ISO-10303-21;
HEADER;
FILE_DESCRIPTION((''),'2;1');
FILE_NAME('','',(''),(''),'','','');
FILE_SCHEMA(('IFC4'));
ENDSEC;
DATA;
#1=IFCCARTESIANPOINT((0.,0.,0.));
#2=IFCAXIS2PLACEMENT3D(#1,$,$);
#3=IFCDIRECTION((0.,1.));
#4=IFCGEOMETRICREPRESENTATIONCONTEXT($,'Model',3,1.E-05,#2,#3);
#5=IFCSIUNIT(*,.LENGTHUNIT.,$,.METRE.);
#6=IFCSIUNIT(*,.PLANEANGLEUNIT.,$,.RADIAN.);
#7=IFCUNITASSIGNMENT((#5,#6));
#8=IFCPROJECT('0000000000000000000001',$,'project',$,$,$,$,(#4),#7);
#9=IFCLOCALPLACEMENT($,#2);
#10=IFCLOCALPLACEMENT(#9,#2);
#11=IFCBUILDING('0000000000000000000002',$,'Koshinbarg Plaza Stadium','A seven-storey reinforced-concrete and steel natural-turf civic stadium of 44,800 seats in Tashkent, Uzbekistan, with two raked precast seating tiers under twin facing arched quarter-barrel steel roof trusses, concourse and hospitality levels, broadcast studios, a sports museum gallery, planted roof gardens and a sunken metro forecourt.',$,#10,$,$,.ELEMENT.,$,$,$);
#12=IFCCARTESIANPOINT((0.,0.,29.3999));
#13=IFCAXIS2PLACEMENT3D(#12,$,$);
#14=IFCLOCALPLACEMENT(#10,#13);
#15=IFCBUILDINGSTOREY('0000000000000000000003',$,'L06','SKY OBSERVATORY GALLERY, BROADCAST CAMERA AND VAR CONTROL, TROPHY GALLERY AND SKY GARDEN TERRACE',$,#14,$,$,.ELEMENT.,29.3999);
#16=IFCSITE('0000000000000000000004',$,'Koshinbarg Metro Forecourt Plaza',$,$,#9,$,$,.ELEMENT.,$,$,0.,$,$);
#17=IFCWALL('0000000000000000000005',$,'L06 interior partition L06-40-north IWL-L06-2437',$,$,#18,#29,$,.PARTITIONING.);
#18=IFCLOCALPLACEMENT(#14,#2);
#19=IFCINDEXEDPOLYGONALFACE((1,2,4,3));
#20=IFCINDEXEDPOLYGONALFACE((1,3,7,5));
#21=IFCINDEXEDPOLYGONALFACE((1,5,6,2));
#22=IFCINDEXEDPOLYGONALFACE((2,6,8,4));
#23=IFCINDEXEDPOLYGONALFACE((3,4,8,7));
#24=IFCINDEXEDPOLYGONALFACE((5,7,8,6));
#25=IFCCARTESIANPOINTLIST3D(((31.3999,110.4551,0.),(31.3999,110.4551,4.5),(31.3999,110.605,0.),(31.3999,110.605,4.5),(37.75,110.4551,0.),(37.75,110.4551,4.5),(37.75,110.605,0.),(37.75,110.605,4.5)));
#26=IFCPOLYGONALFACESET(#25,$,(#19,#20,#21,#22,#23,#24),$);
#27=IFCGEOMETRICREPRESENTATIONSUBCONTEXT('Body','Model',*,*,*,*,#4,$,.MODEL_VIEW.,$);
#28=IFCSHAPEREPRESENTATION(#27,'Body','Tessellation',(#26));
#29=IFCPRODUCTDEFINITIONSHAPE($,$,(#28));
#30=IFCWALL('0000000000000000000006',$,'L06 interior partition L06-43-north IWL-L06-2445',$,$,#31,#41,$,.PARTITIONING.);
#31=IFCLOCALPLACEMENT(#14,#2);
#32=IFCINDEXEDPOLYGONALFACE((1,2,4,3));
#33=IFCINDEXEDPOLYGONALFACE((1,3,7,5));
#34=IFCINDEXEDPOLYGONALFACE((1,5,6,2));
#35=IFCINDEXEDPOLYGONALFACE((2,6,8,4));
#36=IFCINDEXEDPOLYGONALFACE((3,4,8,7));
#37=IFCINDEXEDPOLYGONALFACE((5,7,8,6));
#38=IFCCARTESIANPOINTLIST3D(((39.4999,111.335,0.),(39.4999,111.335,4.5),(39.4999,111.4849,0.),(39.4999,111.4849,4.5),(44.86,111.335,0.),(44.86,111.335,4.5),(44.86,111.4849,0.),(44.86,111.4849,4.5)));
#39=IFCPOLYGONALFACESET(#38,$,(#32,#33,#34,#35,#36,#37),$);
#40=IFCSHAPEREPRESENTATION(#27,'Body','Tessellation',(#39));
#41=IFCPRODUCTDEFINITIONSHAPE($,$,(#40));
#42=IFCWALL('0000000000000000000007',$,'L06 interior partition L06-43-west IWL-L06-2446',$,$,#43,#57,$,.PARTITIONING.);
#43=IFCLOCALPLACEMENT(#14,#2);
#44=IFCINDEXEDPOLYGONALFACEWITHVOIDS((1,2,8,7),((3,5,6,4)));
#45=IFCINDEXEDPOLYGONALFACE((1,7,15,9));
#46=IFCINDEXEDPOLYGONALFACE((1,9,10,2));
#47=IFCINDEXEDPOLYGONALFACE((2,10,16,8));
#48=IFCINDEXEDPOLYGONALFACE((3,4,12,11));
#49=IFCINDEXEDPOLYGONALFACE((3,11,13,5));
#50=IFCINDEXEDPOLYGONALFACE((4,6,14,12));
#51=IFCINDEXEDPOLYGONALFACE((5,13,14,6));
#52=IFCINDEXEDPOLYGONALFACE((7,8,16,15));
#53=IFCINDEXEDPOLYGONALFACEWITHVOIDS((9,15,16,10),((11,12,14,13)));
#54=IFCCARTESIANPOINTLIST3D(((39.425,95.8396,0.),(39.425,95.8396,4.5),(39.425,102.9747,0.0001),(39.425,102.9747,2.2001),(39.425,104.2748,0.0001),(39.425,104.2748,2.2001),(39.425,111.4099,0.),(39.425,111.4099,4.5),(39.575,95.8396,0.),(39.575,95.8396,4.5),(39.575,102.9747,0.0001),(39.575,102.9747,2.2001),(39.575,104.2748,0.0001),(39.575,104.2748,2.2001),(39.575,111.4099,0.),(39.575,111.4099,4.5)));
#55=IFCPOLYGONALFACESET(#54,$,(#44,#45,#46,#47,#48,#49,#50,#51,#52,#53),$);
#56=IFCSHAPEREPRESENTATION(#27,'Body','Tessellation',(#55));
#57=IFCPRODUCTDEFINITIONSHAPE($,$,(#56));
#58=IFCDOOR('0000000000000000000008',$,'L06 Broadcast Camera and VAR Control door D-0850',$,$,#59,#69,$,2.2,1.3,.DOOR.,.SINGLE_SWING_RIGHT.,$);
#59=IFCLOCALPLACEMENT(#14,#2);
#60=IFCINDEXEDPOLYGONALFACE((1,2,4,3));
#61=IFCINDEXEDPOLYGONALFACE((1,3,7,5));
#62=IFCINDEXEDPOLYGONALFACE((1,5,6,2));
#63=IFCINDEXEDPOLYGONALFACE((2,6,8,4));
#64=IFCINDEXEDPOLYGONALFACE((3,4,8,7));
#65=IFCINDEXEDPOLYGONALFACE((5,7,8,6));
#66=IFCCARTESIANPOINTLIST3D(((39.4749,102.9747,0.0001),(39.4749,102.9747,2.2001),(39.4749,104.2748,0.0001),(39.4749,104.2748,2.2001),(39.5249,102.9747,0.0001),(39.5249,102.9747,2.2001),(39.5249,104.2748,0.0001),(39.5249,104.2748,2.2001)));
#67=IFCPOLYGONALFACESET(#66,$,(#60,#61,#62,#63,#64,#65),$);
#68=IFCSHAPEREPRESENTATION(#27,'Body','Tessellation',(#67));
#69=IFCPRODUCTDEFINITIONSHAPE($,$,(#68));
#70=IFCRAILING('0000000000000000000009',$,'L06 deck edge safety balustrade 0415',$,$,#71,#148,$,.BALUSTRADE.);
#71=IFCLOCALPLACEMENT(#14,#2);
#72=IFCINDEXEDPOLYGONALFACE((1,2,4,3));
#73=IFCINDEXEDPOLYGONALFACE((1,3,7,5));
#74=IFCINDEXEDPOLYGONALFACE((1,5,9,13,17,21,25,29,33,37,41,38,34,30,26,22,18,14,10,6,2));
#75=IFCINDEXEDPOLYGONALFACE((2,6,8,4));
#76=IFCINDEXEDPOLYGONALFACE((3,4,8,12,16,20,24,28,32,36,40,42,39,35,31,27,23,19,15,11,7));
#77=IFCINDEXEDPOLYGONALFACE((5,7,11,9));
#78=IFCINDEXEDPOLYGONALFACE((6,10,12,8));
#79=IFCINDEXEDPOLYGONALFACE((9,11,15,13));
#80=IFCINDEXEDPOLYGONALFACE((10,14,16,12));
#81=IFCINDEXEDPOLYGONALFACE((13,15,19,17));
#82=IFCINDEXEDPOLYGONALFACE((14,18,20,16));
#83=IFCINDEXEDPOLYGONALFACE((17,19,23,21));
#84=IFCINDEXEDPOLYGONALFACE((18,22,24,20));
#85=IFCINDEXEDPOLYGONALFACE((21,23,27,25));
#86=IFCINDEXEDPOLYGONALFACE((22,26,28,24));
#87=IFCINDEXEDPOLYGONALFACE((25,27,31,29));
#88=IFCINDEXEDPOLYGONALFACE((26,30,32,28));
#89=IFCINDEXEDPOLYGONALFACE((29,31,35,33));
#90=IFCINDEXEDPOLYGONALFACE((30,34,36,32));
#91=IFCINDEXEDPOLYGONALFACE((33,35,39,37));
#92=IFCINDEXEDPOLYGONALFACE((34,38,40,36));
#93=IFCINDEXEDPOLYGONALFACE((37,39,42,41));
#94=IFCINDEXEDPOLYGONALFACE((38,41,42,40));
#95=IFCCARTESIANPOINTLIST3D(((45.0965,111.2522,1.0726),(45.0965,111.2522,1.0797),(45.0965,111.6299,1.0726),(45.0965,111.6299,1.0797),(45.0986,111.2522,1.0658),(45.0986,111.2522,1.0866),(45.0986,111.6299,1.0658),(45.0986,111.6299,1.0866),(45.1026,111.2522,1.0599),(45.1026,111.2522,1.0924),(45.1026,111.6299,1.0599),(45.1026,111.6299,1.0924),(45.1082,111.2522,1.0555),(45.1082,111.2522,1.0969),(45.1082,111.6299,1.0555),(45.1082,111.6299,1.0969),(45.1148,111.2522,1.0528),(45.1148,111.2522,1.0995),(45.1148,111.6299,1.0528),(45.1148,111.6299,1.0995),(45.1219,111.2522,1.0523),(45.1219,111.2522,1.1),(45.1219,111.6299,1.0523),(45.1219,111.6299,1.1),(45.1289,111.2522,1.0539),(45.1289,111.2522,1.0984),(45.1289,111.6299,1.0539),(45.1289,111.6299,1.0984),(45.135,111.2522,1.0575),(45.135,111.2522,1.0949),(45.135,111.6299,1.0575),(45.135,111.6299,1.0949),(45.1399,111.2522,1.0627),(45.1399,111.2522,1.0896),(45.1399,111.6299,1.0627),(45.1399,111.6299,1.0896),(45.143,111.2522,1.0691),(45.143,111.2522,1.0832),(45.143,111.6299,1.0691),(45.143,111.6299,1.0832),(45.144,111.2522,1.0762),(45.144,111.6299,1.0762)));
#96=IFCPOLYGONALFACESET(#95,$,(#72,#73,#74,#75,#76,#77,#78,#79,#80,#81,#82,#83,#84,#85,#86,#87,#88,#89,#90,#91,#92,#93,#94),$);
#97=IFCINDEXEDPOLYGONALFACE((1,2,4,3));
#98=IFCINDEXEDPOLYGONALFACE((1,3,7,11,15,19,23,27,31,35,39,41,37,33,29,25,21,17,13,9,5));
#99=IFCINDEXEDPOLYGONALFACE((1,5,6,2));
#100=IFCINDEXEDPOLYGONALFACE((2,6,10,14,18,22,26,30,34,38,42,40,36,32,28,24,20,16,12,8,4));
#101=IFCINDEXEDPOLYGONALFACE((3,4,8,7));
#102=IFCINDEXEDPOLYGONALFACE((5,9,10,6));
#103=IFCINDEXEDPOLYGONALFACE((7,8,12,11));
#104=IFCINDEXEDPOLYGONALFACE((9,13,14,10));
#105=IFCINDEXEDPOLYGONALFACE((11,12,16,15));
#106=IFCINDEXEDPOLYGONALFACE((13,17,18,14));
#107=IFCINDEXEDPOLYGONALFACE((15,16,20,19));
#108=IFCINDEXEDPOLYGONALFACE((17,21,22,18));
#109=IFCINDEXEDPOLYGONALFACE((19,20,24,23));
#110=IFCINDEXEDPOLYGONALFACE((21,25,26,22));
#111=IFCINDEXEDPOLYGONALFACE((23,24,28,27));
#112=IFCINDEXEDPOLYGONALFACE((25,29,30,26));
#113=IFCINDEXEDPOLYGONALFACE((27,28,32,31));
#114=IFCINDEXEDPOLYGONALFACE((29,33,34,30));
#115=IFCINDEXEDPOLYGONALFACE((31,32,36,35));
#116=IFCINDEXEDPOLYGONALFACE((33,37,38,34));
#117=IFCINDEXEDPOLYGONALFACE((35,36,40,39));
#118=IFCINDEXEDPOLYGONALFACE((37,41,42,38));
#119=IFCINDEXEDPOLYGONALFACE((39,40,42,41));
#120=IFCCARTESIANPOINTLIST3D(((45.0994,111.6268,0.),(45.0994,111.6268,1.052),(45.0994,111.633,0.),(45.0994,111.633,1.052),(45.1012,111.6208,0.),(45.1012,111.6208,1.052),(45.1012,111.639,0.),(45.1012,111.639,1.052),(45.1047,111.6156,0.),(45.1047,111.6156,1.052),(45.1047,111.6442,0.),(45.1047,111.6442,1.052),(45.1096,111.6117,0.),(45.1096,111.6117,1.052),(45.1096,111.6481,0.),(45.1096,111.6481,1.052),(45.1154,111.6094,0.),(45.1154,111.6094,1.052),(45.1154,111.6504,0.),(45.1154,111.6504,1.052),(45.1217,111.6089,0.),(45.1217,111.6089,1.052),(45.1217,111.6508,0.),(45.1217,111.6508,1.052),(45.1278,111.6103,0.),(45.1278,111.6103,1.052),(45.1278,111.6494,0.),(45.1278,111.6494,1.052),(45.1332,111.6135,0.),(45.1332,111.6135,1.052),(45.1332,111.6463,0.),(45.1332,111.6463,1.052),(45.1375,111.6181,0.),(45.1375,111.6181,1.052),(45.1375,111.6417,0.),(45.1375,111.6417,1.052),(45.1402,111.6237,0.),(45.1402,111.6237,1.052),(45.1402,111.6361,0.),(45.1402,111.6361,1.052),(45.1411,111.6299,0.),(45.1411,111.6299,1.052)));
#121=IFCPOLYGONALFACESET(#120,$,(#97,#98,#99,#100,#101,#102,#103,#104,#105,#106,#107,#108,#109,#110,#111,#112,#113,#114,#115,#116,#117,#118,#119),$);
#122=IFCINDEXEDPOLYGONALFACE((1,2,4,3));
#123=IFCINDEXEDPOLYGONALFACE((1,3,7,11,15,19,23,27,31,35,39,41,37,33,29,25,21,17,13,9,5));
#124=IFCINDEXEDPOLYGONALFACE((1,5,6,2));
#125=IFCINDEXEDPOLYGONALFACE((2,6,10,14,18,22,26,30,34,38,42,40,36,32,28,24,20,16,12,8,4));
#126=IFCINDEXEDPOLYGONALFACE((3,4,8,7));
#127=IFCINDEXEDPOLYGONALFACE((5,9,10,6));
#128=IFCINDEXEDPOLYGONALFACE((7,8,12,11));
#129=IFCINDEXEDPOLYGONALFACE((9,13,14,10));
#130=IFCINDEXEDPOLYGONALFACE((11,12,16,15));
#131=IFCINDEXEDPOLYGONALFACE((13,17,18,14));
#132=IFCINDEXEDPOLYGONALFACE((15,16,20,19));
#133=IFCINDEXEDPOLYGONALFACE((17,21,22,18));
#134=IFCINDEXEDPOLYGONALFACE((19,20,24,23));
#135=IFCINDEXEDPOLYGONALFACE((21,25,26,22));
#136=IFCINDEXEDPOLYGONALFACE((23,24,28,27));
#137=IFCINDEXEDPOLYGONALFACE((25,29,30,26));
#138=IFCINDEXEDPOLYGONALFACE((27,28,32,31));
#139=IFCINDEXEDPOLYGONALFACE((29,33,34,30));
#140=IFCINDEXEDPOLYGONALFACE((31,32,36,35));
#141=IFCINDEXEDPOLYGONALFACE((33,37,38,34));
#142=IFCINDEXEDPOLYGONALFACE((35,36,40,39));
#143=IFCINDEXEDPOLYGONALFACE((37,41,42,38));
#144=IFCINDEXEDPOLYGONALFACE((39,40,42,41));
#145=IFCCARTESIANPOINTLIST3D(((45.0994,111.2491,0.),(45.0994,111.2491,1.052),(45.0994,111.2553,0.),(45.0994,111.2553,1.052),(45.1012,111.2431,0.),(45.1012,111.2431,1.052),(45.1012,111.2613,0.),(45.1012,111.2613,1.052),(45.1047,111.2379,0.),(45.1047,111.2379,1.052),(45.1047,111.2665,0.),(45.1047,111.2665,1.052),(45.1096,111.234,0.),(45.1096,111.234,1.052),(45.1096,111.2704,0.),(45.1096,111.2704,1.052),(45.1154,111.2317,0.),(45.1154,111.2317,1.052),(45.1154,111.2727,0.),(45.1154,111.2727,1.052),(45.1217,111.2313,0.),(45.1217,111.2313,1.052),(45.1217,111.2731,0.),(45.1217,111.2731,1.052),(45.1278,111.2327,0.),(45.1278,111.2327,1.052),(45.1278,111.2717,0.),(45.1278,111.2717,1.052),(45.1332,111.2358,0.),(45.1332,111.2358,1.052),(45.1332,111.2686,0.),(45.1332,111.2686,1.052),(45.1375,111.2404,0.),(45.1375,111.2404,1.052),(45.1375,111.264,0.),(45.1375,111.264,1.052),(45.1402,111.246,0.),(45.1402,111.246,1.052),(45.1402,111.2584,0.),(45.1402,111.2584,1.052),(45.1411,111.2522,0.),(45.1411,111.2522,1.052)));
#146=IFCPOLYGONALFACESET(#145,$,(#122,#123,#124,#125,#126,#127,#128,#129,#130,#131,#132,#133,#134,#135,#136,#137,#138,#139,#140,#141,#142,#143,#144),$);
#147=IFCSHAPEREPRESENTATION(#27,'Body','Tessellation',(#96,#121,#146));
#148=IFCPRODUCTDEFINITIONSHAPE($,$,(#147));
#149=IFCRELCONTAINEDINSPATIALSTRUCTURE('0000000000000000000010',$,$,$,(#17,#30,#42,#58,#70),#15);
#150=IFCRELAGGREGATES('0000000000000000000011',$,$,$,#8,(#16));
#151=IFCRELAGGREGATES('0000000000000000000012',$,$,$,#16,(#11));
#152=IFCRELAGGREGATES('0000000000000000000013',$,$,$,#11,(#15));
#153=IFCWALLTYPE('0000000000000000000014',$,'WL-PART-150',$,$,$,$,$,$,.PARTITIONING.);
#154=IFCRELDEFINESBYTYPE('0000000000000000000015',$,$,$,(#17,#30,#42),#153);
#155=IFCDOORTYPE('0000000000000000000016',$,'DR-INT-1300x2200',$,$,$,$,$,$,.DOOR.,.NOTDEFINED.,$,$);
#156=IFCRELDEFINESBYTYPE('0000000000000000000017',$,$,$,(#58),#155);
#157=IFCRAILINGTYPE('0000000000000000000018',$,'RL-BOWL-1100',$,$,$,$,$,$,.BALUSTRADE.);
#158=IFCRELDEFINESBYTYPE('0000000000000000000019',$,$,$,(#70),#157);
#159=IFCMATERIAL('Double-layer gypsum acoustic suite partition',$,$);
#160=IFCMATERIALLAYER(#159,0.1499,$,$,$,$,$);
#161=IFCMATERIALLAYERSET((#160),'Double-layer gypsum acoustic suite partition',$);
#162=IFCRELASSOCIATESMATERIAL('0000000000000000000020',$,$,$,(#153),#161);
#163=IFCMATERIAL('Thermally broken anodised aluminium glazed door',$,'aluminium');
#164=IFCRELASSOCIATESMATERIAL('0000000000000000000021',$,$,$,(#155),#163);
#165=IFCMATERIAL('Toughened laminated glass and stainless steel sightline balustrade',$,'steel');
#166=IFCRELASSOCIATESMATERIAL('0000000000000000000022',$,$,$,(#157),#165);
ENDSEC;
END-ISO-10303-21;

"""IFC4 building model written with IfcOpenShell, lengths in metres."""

from ifc_helpers import new_model, si_unit, direction, frame, frame_2d, origin, origin_2d, place, context, subcontext, project, spatial, rectangle, circle, extrude, material, layer, layer_set, type_object, element, fill, save


model = new_model("IFC4")

# Units and contexts
model_context = context("Model", 3, precision=1e-05, world=origin(), true_north=direction((0.0, 1.0)))
body_context = subcontext(model_context, "Body", "Model", "MODEL_VIEW")
ifc_project = project(units=[si_unit("LENGTHUNIT", "METRE"), si_unit("PLANEANGLEUNIT", "RADIAN")], contexts=[model_context])

# Site, building, storey
site_placement = place(None, origin())
site = spatial("IfcSite", under=ifc_project, at=site_placement, Name="Koshinbarg Metro Forecourt Plaza", CompositionType="ELEMENT", RefElevation=0.0)
building_placement = place(site_placement, origin())
building = spatial("IfcBuilding", under=site, at=building_placement, Name="Koshinbarg Plaza Stadium", Description="A seven-storey reinforced-concrete and steel natural-turf civic stadium of 44,800 seats in Tashkent, Uzbekistan, with two raked precast seating tiers under twin facing arched quarter-barrel steel roof trusses, concourse and hospitality levels, broadcast studios, a sports museum gallery, planted roof gardens and a sunken metro forecourt.", CompositionType="ELEMENT")
storey_placement = place(building_placement, frame((0.0, 0.0, 29.3999)))
storey = spatial("IfcBuildingStorey", under=building, at=storey_placement, Name="L06", Description="SKY OBSERVATORY GALLERY, BROADCAST CAMERA AND VAR CONTROL, TROPHY GALLERY AND SKY GARDEN TERRACE", CompositionType="ELEMENT", Elevation=29.3999)

# Walls
ifc_material_1 = material(Name="Double-layer gypsum acoustic suite partition")
ifc_layer_1 = layer(ifc_material_1, 0.1499)
ifc_layer_set_1 = layer_set([ifc_layer_1], Name="Double-layer gypsum acoustic suite partition")
wall_type_1 = type_object("IfcWallType", Name="WL-PART-150", PredefinedType="PARTITIONING", material=ifc_layer_set_1)
wall_1_placement = place(storey_placement, frame((37.75, 110.53, 0.0), z_axis=(0.0, 0.0, 1.0), x_axis=(-1.0, 0.0, 0.0)))
element("IfcWall", 1, at=wall_1_placement, inside=storey, type_object=wall_type_1, Name="L06 interior partition L06-40-north IWL-L06-2437", PredefinedType="PARTITIONING", context=body_context, shape_type="SweptSolid", body=[
    extrude(rectangle(XDim=6.3501, YDim=0.1499, at=frame_2d((3.175, 0.0))), origin(), (0.0, 0.0, 1.0), 4.5),
])
wall_2_placement = place(storey_placement, frame((44.8601, 111.4099, 0.0), z_axis=(0.0, 0.0, 1.0), x_axis=(-1.0, 0.0, 0.0)))
element("IfcWall", 2, at=wall_2_placement, inside=storey, type_object=wall_type_1, Name="L06 interior partition L06-43-north IWL-L06-2445", PredefinedType="PARTITIONING", context=body_context, shape_type="SweptSolid", body=[
    extrude(rectangle(XDim=5.3601, YDim=0.1499, at=frame_2d((2.6802, 0.0))), origin(), (0.0, 0.0, 1.0), 4.5),
])

# Wall, opening, door
wall_3_placement = place(storey_placement, frame((39.5, 111.4099, 0.0), z_axis=(0.0, 0.0, 1.0), x_axis=(0.0, -1.0, 0.0)))
wall_3 = element("IfcWall", 3, at=wall_3_placement, inside=storey, type_object=wall_type_1, Name="L06 interior partition L06-43-west IWL-L06-2446", PredefinedType="PARTITIONING", context=body_context, shape_type="SweptSolid", body=[
    extrude(rectangle(XDim=15.5703, YDim=0.1499, at=frame_2d((7.7852, 0.0))), origin(), (0.0, 0.0, 1.0), 4.5),
])
opening_1_placement = place(wall_3_placement, frame((7.1353, 0.0, 0.0)))
opening_1 = element("IfcOpeningElement", 4, at=opening_1_placement, cuts=wall_3, PredefinedType="OPENING", context=body_context, shape_type="SweptSolid", body=[
    extrude(rectangle(XDim=1.3, YDim=2.2, at=frame_2d((0.6499, 1.1001))), frame((0.0, 0.085, 0.0), z_axis=(0.0, -1.0, 0.0), x_axis=(1.0, 0.0, 0.0)), (0.0, 0.0, 1.0), 0.1699),
])
ifc_material_2 = material(Name="Thermally broken anodised aluminium glazed door", Category="aluminium")
door_type_1 = type_object("IfcDoorType", Name="DR-INT-1300x2200", OperationType="NOTDEFINED", PredefinedType="DOOR", material=ifc_material_2)
door_1_placement = place(opening_1_placement, origin())
door_1 = element("IfcDoor", 5, at=door_1_placement, inside=storey, type_object=door_type_1, Name="L06 Broadcast Camera and VAR Control door D-0850", OperationType="SINGLE_SWING_RIGHT", OverallHeight=2.2, OverallWidth=1.3, PredefinedType="DOOR", context=body_context, shape_type="SweptSolid", body=[
    extrude(rectangle(XDim=1.3, YDim=2.2, at=frame_2d((0.6499, 1.1001))), frame((0.0, 0.0249, 0.0), z_axis=(0.0, -1.0, 0.0), x_axis=(1.0, 0.0, 0.0)), (0.0, 0.0, 1.0), 0.05),
])
fill(opening_1, door_1)

# Railing
ifc_material_3 = material(Name="Toughened laminated glass and stainless steel sightline balustrade", Category="steel")
railing_type_1 = type_object("IfcRailingType", Name="RL-BOWL-1100", PredefinedType="BALUSTRADE", material=ifc_material_3)
railing_1_placement = place(storey_placement, frame((45.1201, 111.6299, 0.0)))
element("IfcRailing", 6, at=railing_1_placement, inside=storey, type_object=railing_type_1, Name="L06 deck edge safety balustrade 0415", PredefinedType="BALUSTRADE", context=body_context, shape_type="SweptSolid", body=[
    extrude(circle(Radius=0.0239, at=origin_2d()), frame((0.0, 0.0, 1.0762), z_axis=(0.0, -1.0, 0.0), x_axis=(1.0, 0.0, 0.0)), (0.0, 0.0, 1.0), 0.3777),
    extrude(circle(Radius=0.021, at=origin_2d()), origin(), (0.0, 0.0, 1.0), 1.052),
    extrude(circle(Radius=0.021, at=origin_2d()), frame((0.0, -0.3777, 0.0)), (0.0, 0.0, 1.0), 1.052),
])

save(model, "model.ifc")
